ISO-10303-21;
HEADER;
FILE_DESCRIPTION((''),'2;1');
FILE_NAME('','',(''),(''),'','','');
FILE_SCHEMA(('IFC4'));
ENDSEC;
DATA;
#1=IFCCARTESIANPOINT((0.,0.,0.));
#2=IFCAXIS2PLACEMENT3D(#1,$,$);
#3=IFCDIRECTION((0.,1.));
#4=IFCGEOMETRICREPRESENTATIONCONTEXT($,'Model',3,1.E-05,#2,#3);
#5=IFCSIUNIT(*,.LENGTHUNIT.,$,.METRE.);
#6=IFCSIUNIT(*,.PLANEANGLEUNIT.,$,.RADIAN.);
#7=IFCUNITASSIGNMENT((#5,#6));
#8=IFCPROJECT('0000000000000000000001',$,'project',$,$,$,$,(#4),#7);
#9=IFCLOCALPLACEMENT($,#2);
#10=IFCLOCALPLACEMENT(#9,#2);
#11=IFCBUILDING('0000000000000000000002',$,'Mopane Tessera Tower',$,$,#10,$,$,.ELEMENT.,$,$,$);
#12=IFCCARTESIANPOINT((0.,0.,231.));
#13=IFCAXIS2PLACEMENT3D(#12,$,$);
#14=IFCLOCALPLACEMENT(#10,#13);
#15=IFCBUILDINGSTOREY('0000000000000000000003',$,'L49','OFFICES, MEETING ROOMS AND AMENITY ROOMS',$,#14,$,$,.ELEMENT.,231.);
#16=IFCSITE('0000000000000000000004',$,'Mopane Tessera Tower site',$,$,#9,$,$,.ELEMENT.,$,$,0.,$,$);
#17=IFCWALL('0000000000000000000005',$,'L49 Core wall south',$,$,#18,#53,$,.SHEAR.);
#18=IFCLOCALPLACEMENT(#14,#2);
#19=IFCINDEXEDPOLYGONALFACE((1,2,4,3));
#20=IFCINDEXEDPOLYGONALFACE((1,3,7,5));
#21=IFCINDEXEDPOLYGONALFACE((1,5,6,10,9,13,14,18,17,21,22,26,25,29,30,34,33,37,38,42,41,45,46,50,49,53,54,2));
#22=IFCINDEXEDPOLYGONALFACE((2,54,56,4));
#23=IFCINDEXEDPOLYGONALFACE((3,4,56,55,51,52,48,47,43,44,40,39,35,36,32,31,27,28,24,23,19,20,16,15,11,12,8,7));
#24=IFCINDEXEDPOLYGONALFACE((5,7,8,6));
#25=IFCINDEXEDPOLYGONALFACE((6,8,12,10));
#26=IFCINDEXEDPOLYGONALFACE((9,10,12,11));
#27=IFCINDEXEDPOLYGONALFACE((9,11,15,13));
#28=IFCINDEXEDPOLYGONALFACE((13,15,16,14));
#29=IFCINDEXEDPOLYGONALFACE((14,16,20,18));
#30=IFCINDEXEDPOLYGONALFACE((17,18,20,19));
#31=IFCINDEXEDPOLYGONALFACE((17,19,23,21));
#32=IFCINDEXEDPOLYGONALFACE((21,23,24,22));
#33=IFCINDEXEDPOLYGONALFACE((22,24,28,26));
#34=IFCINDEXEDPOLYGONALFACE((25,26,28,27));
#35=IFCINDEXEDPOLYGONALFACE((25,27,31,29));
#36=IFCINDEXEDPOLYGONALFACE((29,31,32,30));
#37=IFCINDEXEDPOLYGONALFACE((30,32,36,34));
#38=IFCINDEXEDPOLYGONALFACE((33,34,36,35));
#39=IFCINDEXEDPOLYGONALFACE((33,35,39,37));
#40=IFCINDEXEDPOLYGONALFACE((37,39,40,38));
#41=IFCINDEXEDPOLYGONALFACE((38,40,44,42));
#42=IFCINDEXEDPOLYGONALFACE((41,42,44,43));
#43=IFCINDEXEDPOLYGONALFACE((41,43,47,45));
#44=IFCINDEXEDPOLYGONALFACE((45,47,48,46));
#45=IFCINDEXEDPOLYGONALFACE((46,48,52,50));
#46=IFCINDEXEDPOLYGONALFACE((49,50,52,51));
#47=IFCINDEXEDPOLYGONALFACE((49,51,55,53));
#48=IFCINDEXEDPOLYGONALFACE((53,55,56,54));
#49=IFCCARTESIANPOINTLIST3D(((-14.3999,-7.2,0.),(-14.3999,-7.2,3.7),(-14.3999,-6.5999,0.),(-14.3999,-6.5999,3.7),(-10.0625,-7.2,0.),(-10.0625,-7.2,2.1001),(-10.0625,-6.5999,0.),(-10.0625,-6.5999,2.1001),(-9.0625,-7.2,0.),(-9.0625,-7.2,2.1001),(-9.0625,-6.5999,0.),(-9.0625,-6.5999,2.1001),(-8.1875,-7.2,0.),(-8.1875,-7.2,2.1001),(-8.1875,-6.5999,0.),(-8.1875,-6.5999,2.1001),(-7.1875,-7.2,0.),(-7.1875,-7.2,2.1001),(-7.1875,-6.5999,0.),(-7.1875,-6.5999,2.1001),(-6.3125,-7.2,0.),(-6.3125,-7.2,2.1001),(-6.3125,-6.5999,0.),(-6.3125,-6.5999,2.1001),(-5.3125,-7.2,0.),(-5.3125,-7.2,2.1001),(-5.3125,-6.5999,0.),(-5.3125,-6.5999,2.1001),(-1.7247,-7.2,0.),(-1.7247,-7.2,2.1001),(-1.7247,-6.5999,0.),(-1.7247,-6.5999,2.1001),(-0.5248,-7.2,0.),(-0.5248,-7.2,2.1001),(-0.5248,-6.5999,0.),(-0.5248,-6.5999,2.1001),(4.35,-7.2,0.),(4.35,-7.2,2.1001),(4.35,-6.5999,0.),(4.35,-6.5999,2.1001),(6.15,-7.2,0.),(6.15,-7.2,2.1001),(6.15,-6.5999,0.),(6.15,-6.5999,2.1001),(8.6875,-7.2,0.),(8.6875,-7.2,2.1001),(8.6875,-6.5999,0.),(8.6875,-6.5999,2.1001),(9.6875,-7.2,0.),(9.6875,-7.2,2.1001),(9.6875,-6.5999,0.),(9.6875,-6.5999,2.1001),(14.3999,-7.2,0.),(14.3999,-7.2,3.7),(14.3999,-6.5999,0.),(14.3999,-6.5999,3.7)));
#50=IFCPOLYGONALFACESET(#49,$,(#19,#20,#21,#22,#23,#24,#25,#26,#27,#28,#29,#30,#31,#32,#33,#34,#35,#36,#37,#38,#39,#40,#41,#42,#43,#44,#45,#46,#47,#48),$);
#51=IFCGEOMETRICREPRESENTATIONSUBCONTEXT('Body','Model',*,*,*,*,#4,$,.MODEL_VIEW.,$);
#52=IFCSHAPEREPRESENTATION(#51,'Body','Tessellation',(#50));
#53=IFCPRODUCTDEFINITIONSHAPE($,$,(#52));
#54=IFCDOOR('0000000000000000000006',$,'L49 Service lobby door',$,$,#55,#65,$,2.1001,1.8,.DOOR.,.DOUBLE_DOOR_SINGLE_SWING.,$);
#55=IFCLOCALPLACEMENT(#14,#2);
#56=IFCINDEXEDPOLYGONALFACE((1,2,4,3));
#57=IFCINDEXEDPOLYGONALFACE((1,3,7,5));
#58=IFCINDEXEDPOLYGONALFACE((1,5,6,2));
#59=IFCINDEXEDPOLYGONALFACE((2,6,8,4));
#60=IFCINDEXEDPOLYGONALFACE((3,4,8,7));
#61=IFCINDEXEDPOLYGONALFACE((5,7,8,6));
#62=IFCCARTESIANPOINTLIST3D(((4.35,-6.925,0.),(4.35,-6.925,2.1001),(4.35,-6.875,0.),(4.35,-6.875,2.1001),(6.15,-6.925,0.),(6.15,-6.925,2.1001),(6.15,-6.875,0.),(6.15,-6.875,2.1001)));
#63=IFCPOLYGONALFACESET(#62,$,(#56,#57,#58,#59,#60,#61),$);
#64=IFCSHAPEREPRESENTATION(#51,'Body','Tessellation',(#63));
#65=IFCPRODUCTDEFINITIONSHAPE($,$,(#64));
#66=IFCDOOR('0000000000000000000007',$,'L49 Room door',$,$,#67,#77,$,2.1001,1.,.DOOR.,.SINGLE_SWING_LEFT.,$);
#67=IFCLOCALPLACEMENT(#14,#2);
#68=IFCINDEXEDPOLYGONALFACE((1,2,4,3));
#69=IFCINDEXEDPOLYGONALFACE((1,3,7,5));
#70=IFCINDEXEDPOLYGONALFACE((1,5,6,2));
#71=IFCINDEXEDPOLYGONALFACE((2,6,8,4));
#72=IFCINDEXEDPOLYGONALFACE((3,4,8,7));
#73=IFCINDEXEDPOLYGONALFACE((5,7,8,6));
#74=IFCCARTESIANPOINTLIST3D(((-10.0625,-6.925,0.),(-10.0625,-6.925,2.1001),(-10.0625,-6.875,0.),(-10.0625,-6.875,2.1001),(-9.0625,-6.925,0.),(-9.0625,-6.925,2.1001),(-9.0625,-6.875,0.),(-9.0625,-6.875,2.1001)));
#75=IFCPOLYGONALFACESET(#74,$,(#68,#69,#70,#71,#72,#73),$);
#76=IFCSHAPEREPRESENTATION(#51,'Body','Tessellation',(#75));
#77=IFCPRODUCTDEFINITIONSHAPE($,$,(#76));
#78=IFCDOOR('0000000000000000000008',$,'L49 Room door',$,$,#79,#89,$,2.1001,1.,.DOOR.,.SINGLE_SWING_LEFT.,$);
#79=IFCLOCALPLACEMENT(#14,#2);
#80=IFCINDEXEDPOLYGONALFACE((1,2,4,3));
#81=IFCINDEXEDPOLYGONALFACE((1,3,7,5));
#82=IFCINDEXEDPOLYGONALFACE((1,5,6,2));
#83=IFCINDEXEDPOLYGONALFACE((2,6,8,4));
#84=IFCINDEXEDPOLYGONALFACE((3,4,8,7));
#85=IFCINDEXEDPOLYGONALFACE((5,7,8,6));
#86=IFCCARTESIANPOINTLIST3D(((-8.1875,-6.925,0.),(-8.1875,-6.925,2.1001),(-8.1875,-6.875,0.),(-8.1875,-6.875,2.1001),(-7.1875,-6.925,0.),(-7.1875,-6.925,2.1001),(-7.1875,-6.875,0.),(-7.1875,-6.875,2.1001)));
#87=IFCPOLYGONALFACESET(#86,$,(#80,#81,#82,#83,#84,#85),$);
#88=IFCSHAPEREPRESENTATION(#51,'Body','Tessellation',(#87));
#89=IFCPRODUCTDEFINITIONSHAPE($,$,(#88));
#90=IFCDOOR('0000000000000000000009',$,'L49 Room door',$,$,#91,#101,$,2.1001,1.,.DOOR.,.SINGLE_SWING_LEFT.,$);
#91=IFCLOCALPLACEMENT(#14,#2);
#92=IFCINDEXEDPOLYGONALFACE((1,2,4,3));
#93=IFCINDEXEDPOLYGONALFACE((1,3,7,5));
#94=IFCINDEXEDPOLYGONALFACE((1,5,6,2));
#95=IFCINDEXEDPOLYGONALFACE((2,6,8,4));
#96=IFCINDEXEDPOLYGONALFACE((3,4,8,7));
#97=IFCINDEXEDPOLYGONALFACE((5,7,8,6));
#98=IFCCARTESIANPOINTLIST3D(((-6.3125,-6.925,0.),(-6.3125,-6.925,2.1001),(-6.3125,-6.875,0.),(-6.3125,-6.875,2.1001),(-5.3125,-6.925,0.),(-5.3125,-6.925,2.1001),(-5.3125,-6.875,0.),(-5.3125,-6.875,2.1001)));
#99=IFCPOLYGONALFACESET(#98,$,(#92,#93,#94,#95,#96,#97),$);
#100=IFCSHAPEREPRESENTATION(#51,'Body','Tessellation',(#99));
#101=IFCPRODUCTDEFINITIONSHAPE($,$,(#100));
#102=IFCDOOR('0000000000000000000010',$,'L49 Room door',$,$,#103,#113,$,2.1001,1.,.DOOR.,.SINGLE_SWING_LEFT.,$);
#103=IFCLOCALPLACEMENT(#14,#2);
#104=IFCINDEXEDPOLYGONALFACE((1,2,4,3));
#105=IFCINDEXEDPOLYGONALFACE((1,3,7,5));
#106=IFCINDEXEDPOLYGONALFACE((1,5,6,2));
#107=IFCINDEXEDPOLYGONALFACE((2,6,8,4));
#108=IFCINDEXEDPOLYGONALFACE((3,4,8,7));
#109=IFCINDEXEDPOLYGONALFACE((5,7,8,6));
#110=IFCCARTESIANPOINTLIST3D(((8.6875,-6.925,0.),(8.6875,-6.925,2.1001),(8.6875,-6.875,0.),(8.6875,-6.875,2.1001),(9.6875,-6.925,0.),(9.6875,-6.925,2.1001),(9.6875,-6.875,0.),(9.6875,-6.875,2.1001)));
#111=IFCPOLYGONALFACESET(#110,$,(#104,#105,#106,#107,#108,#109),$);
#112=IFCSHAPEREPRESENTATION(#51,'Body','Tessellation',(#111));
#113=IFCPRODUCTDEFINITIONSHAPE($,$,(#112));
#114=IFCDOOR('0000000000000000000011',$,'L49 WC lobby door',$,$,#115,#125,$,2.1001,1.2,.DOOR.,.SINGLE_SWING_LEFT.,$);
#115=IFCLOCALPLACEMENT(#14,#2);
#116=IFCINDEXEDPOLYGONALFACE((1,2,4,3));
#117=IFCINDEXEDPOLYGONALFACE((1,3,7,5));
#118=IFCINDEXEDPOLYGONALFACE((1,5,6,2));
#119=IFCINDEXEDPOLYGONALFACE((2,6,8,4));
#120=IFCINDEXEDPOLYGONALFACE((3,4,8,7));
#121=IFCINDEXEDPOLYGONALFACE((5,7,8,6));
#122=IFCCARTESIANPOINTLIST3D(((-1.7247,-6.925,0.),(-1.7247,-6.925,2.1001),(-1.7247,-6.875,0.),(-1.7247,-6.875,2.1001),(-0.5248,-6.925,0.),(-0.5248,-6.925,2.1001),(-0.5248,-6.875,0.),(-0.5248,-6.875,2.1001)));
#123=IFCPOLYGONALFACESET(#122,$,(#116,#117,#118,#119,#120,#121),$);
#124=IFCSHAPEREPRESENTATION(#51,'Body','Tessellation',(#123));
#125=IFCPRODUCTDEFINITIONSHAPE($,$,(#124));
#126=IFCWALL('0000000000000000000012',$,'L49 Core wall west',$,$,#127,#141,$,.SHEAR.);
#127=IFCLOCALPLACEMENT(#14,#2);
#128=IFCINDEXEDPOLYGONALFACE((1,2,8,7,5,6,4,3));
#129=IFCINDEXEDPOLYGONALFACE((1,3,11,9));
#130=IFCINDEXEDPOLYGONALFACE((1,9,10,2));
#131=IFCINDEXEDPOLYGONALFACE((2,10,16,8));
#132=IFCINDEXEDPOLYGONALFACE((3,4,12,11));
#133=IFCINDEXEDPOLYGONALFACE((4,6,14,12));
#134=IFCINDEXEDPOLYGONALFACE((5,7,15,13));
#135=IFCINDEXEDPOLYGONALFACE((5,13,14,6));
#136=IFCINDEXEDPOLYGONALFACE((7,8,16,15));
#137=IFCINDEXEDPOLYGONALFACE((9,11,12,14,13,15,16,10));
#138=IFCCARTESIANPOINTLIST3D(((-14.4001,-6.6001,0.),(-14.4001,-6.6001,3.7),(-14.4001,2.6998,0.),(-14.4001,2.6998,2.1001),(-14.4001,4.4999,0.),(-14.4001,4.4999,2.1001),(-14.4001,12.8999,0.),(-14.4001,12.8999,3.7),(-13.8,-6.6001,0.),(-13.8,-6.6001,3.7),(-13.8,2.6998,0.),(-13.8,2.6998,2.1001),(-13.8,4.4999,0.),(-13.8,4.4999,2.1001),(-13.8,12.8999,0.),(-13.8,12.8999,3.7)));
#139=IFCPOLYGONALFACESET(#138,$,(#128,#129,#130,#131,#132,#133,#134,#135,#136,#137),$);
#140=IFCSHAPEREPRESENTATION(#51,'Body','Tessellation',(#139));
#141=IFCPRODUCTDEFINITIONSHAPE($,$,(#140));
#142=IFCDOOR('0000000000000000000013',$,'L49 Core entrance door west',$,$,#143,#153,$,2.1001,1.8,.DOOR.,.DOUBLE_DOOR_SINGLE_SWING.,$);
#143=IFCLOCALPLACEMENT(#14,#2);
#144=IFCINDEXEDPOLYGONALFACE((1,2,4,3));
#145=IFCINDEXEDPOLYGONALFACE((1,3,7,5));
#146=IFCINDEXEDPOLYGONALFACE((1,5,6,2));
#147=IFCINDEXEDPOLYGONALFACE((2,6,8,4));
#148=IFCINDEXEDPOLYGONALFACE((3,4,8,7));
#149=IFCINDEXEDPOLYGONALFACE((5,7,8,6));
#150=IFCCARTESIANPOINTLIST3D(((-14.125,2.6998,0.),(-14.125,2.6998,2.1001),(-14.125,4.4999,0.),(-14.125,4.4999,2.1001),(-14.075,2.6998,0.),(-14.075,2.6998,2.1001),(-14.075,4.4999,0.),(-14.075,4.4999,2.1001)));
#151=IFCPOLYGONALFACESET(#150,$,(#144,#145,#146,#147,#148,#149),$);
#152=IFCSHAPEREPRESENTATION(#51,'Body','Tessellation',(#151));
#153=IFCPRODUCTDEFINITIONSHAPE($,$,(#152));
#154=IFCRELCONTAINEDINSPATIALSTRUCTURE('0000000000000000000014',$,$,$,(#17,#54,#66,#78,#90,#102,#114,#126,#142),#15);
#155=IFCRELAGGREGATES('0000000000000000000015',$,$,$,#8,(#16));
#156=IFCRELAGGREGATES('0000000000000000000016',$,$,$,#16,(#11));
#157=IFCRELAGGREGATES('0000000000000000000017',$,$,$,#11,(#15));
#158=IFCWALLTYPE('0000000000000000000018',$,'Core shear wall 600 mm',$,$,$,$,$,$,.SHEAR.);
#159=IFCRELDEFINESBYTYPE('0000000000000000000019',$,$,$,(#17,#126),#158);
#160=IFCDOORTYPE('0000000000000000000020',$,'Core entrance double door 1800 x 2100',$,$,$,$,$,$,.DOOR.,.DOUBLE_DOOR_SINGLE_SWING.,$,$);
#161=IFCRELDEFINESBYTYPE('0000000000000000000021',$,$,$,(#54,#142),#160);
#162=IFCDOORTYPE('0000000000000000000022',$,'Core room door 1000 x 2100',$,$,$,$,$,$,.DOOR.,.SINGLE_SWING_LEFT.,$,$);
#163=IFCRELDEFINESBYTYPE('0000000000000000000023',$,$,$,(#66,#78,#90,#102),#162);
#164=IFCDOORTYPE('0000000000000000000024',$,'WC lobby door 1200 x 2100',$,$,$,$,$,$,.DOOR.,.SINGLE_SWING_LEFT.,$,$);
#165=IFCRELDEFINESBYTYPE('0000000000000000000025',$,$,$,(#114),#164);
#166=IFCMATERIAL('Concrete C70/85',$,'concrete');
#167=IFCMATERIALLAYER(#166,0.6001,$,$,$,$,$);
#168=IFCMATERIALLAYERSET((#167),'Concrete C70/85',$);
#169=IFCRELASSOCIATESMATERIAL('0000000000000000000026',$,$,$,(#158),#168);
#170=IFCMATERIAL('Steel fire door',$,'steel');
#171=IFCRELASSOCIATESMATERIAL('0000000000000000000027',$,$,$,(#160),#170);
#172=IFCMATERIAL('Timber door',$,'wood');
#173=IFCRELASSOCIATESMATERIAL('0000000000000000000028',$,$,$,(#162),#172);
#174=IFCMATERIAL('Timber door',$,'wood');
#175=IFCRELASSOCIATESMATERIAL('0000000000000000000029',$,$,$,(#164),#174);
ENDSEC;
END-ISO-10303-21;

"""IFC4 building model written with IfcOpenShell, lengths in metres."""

from ifc_helpers import new_model, si_unit, direction, frame, frame_2d, origin, place, context, subcontext, project, spatial, rectangle, extrude, material, layer, layer_set, type_object, element, fill, save


model = new_model("IFC4")

# Units and contexts
model_context = context("Model", 3, precision=1e-05, world=origin(), true_north=direction((0.0, 1.0)))
body_context = subcontext(model_context, "Body", "Model", "MODEL_VIEW")
ifc_project = project(units=[si_unit("LENGTHUNIT", "METRE"), si_unit("PLANEANGLEUNIT", "RADIAN")], contexts=[model_context])

# Site, building, storey
site_placement = place(None, origin())
site = spatial("IfcSite", under=ifc_project, at=site_placement, Name="Mopane Tessera Tower site", CompositionType="ELEMENT", RefElevation=0.0)
building_placement = place(site_placement, origin())
building = spatial("IfcBuilding", under=site, at=building_placement, Name="Mopane Tessera Tower", CompositionType="ELEMENT")
storey_placement = place(building_placement, frame((0.0, 0.0, 231.0)))
storey = spatial("IfcBuildingStorey", under=building, at=storey_placement, Name="L49", Description="OFFICES, MEETING ROOMS AND AMENITY ROOMS", CompositionType="ELEMENT", Elevation=231.0)

# Wall, openings, doors
ifc_material_1 = material(Name="Concrete C70/85", Category="concrete")
ifc_layer_1 = layer(ifc_material_1, 0.6001)
ifc_layer_set_1 = layer_set([ifc_layer_1], Name="Concrete C70/85")
wall_type_1 = type_object("IfcWallType", Name="Core shear wall 600 mm", PredefinedType="SHEAR", material=ifc_layer_set_1)
wall_1_placement = place(storey_placement, frame((-14.3999, -6.8999, 0.0), z_axis=(0.0, 0.0, 1.0), x_axis=(1.0, 0.0, 0.0)))
wall_1 = element("IfcWall", 1, at=wall_1_placement, inside=storey, type_object=wall_type_1, Name="L49 Core wall south", PredefinedType="SHEAR", context=body_context, shape_type="SweptSolid", body=[
    extrude(rectangle(XDim=28.7998, YDim=0.6001, at=frame_2d((14.3999, 0.0))), origin(), (0.0, 0.0, 1.0), 3.7),
])
opening_1_placement = place(wall_1_placement, frame((4.3374, 0.0, 0.0)))
opening_1 = element("IfcOpeningElement", 2, at=opening_1_placement, cuts=wall_1, PredefinedType="OPENING", context=body_context, shape_type="SweptSolid", body=[
    extrude(rectangle(XDim=1.0, YDim=2.1001, at=frame_2d((0.5, 1.05))), frame((0.0, 0.312, 0.0), z_axis=(0.0, -1.0, 0.0), x_axis=(1.0, 0.0, 0.0)), (0.0, 0.0, 1.0), 0.624),
])
opening_2_placement = place(wall_1_placement, frame((6.2124, 0.0, 0.0)))
opening_2 = element("IfcOpeningElement", 3, at=opening_2_placement, cuts=wall_1, PredefinedType="OPENING", context=body_context, shape_type="SweptSolid", body=[
    extrude(rectangle(XDim=1.0, YDim=2.1001, at=frame_2d((0.5, 1.05))), frame((0.0, 0.312, 0.0), z_axis=(0.0, -1.0, 0.0), x_axis=(1.0, 0.0, 0.0)), (0.0, 0.0, 1.0), 0.624),
])
opening_3_placement = place(wall_1_placement, frame((8.0874, 0.0, 0.0)))
opening_3 = element("IfcOpeningElement", 4, at=opening_3_placement, cuts=wall_1, PredefinedType="OPENING", context=body_context, shape_type="SweptSolid", body=[
    extrude(rectangle(XDim=1.0, YDim=2.1001, at=frame_2d((0.5, 1.05))), frame((0.0, 0.312, 0.0), z_axis=(0.0, -1.0, 0.0), x_axis=(1.0, 0.0, 0.0)), (0.0, 0.0, 1.0), 0.624),
])
opening_4_placement = place(wall_1_placement, frame((12.675, 0.0, 0.0)))
opening_4 = element("IfcOpeningElement", 5, at=opening_4_placement, cuts=wall_1, PredefinedType="OPENING", context=body_context, shape_type="SweptSolid", body=[
    extrude(rectangle(XDim=1.2, YDim=2.1001, at=frame_2d((0.6001, 1.05))), frame((0.0, 0.312, 0.0), z_axis=(0.0, -1.0, 0.0), x_axis=(1.0, 0.0, 0.0)), (0.0, 0.0, 1.0), 0.624),
])
opening_5_placement = place(wall_1_placement, frame((18.75, 0.0, 0.0)))
opening_5 = element("IfcOpeningElement", 6, at=opening_5_placement, cuts=wall_1, PredefinedType="OPENING", context=body_context, shape_type="SweptSolid", body=[
    extrude(rectangle(XDim=1.8, YDim=2.1001, at=frame_2d((0.8999, 1.05))), frame((0.0, 0.312, 0.0), z_axis=(0.0, -1.0, 0.0), x_axis=(1.0, 0.0, 0.0)), (0.0, 0.0, 1.0), 0.624),
])
opening_6_placement = place(wall_1_placement, frame((23.0874, 0.0, 0.0)))
opening_6 = element("IfcOpeningElement", 7, at=opening_6_placement, cuts=wall_1, PredefinedType="OPENING", context=body_context, shape_type="SweptSolid", body=[
    extrude(rectangle(XDim=1.0, YDim=2.1001, at=frame_2d((0.5, 1.05))), frame((0.0, 0.312, 0.0), z_axis=(0.0, -1.0, 0.0), x_axis=(1.0, 0.0, 0.0)), (0.0, 0.0, 1.0), 0.624),
])
ifc_material_2 = material(Name="Steel fire door", Category="steel")
door_type_1 = type_object("IfcDoorType", Name="Core entrance double door 1800 x 2100", OperationType="DOUBLE_DOOR_SINGLE_SWING", PredefinedType="DOOR", material=ifc_material_2)
door_1_placement = place(opening_5_placement, origin())
door_1 = element("IfcDoor", 8, at=door_1_placement, inside=storey, type_object=door_type_1, Name="L49 Service lobby door", OperationType="DOUBLE_DOOR_SINGLE_SWING", OverallHeight=2.1001, OverallWidth=1.8, PredefinedType="DOOR", context=body_context, shape_type="SweptSolid", body=[
    extrude(rectangle(XDim=1.8, YDim=2.1001, at=frame_2d((0.8999, 1.05))), frame((0.0, 0.0249, 0.0), z_axis=(0.0, -1.0, 0.0), x_axis=(1.0, 0.0, 0.0)), (0.0, 0.0, 1.0), 0.05),
])
fill(opening_5, door_1)
ifc_material_3 = material(Name="Timber door", Category="wood")
door_type_2 = type_object("IfcDoorType", Name="Core room door 1000 x 2100", OperationType="SINGLE_SWING_LEFT", PredefinedType="DOOR", material=ifc_material_3)
door_2_placement = place(opening_1_placement, origin())
door_2 = element("IfcDoor", 9, at=door_2_placement, inside=storey, type_object=door_type_2, Name="L49 Room door", OperationType="SINGLE_SWING_LEFT", OverallHeight=2.1001, OverallWidth=1.0, PredefinedType="DOOR", context=body_context, shape_type="SweptSolid", body=[
    extrude(rectangle(XDim=1.0, YDim=2.1001, at=frame_2d((0.5, 1.05))), frame((0.0, 0.0249, 0.0), z_axis=(0.0, -1.0, 0.0), x_axis=(1.0, 0.0, 0.0)), (0.0, 0.0, 1.0), 0.05),
])
fill(opening_1, door_2)
door_3_placement = place(opening_2_placement, origin())
door_3 = element("IfcDoor", 10, at=door_3_placement, inside=storey, type_object=door_type_2, Name="L49 Room door", OperationType="SINGLE_SWING_LEFT", OverallHeight=2.1001, OverallWidth=1.0, PredefinedType="DOOR", context=body_context, shape_type="SweptSolid", body=[
    extrude(rectangle(XDim=1.0, YDim=2.1001, at=frame_2d((0.5, 1.05))), frame((0.0, 0.0249, 0.0), z_axis=(0.0, -1.0, 0.0), x_axis=(1.0, 0.0, 0.0)), (0.0, 0.0, 1.0), 0.05),
])
fill(opening_2, door_3)
door_4_placement = place(opening_3_placement, origin())
door_4 = element("IfcDoor", 11, at=door_4_placement, inside=storey, type_object=door_type_2, Name="L49 Room door", OperationType="SINGLE_SWING_LEFT", OverallHeight=2.1001, OverallWidth=1.0, PredefinedType="DOOR", context=body_context, shape_type="SweptSolid", body=[
    extrude(rectangle(XDim=1.0, YDim=2.1001, at=frame_2d((0.5, 1.05))), frame((0.0, 0.0249, 0.0), z_axis=(0.0, -1.0, 0.0), x_axis=(1.0, 0.0, 0.0)), (0.0, 0.0, 1.0), 0.05),
])
fill(opening_3, door_4)
door_5_placement = place(opening_6_placement, origin())
door_5 = element("IfcDoor", 12, at=door_5_placement, inside=storey, type_object=door_type_2, Name="L49 Room door", OperationType="SINGLE_SWING_LEFT", OverallHeight=2.1001, OverallWidth=1.0, PredefinedType="DOOR", context=body_context, shape_type="SweptSolid", body=[
    extrude(rectangle(XDim=1.0, YDim=2.1001, at=frame_2d((0.5, 1.05))), frame((0.0, 0.0249, 0.0), z_axis=(0.0, -1.0, 0.0), x_axis=(1.0, 0.0, 0.0)), (0.0, 0.0, 1.0), 0.05),
])
fill(opening_6, door_5)
ifc_material_4 = material(Name="Timber door", Category="wood")
door_type_3 = type_object("IfcDoorType", Name="WC lobby door 1200 x 2100", OperationType="SINGLE_SWING_LEFT", PredefinedType="DOOR", material=ifc_material_4)
door_6_placement = place(opening_4_placement, origin())
door_6 = element("IfcDoor", 13, at=door_6_placement, inside=storey, type_object=door_type_3, Name="L49 WC lobby door", OperationType="SINGLE_SWING_LEFT", OverallHeight=2.1001, OverallWidth=1.2, PredefinedType="DOOR", context=body_context, shape_type="SweptSolid", body=[
    extrude(rectangle(XDim=1.2, YDim=2.1001, at=frame_2d((0.6001, 1.05))), frame((0.0, 0.0249, 0.0), z_axis=(0.0, -1.0, 0.0), x_axis=(1.0, 0.0, 0.0)), (0.0, 0.0, 1.0), 0.05),
])
fill(opening_4, door_6)

# Wall, opening, door
wall_2_placement = place(storey_placement, frame((-14.1001, -6.6001, 0.0), z_axis=(0.0, 0.0, 1.0), x_axis=(0.0, 1.0, 0.0)))
wall_2 = element("IfcWall", 14, at=wall_2_placement, inside=storey, type_object=wall_type_1, Name="L49 Core wall west", PredefinedType="SHEAR", context=body_context, shape_type="SweptSolid", body=[
    extrude(rectangle(XDim=19.5, YDim=0.6001, at=frame_2d((9.75, 0.0))), origin(), (0.0, 0.0, 1.0), 3.7),
])
opening_7_placement = place(wall_2_placement, frame((9.3, 0.0, 0.0)))
opening_7 = element("IfcOpeningElement", 15, at=opening_7_placement, cuts=wall_2, PredefinedType="OPENING", context=body_context, shape_type="SweptSolid", body=[
    extrude(rectangle(XDim=1.8, YDim=2.1001, at=frame_2d((0.8999, 1.05))), frame((0.0, 0.312, 0.0), z_axis=(0.0, -1.0, 0.0), x_axis=(1.0, 0.0, 0.0)), (0.0, 0.0, 1.0), 0.624),
])
door_7_placement = place(opening_7_placement, origin())
door_7 = element("IfcDoor", 16, at=door_7_placement, inside=storey, type_object=door_type_1, Name="L49 Core entrance door west", OperationType="DOUBLE_DOOR_SINGLE_SWING", OverallHeight=2.1001, OverallWidth=1.8, PredefinedType="DOOR", context=body_context, shape_type="SweptSolid", body=[
    extrude(rectangle(XDim=1.8, YDim=2.1001, at=frame_2d((0.8999, 1.05))), frame((0.0, 0.0249, 0.0), z_axis=(0.0, -1.0, 0.0), x_axis=(1.0, 0.0, 0.0)), (0.0, 0.0, 1.0), 0.05),
])
fill(opening_7, door_7)

save(model, "model.ifc")
